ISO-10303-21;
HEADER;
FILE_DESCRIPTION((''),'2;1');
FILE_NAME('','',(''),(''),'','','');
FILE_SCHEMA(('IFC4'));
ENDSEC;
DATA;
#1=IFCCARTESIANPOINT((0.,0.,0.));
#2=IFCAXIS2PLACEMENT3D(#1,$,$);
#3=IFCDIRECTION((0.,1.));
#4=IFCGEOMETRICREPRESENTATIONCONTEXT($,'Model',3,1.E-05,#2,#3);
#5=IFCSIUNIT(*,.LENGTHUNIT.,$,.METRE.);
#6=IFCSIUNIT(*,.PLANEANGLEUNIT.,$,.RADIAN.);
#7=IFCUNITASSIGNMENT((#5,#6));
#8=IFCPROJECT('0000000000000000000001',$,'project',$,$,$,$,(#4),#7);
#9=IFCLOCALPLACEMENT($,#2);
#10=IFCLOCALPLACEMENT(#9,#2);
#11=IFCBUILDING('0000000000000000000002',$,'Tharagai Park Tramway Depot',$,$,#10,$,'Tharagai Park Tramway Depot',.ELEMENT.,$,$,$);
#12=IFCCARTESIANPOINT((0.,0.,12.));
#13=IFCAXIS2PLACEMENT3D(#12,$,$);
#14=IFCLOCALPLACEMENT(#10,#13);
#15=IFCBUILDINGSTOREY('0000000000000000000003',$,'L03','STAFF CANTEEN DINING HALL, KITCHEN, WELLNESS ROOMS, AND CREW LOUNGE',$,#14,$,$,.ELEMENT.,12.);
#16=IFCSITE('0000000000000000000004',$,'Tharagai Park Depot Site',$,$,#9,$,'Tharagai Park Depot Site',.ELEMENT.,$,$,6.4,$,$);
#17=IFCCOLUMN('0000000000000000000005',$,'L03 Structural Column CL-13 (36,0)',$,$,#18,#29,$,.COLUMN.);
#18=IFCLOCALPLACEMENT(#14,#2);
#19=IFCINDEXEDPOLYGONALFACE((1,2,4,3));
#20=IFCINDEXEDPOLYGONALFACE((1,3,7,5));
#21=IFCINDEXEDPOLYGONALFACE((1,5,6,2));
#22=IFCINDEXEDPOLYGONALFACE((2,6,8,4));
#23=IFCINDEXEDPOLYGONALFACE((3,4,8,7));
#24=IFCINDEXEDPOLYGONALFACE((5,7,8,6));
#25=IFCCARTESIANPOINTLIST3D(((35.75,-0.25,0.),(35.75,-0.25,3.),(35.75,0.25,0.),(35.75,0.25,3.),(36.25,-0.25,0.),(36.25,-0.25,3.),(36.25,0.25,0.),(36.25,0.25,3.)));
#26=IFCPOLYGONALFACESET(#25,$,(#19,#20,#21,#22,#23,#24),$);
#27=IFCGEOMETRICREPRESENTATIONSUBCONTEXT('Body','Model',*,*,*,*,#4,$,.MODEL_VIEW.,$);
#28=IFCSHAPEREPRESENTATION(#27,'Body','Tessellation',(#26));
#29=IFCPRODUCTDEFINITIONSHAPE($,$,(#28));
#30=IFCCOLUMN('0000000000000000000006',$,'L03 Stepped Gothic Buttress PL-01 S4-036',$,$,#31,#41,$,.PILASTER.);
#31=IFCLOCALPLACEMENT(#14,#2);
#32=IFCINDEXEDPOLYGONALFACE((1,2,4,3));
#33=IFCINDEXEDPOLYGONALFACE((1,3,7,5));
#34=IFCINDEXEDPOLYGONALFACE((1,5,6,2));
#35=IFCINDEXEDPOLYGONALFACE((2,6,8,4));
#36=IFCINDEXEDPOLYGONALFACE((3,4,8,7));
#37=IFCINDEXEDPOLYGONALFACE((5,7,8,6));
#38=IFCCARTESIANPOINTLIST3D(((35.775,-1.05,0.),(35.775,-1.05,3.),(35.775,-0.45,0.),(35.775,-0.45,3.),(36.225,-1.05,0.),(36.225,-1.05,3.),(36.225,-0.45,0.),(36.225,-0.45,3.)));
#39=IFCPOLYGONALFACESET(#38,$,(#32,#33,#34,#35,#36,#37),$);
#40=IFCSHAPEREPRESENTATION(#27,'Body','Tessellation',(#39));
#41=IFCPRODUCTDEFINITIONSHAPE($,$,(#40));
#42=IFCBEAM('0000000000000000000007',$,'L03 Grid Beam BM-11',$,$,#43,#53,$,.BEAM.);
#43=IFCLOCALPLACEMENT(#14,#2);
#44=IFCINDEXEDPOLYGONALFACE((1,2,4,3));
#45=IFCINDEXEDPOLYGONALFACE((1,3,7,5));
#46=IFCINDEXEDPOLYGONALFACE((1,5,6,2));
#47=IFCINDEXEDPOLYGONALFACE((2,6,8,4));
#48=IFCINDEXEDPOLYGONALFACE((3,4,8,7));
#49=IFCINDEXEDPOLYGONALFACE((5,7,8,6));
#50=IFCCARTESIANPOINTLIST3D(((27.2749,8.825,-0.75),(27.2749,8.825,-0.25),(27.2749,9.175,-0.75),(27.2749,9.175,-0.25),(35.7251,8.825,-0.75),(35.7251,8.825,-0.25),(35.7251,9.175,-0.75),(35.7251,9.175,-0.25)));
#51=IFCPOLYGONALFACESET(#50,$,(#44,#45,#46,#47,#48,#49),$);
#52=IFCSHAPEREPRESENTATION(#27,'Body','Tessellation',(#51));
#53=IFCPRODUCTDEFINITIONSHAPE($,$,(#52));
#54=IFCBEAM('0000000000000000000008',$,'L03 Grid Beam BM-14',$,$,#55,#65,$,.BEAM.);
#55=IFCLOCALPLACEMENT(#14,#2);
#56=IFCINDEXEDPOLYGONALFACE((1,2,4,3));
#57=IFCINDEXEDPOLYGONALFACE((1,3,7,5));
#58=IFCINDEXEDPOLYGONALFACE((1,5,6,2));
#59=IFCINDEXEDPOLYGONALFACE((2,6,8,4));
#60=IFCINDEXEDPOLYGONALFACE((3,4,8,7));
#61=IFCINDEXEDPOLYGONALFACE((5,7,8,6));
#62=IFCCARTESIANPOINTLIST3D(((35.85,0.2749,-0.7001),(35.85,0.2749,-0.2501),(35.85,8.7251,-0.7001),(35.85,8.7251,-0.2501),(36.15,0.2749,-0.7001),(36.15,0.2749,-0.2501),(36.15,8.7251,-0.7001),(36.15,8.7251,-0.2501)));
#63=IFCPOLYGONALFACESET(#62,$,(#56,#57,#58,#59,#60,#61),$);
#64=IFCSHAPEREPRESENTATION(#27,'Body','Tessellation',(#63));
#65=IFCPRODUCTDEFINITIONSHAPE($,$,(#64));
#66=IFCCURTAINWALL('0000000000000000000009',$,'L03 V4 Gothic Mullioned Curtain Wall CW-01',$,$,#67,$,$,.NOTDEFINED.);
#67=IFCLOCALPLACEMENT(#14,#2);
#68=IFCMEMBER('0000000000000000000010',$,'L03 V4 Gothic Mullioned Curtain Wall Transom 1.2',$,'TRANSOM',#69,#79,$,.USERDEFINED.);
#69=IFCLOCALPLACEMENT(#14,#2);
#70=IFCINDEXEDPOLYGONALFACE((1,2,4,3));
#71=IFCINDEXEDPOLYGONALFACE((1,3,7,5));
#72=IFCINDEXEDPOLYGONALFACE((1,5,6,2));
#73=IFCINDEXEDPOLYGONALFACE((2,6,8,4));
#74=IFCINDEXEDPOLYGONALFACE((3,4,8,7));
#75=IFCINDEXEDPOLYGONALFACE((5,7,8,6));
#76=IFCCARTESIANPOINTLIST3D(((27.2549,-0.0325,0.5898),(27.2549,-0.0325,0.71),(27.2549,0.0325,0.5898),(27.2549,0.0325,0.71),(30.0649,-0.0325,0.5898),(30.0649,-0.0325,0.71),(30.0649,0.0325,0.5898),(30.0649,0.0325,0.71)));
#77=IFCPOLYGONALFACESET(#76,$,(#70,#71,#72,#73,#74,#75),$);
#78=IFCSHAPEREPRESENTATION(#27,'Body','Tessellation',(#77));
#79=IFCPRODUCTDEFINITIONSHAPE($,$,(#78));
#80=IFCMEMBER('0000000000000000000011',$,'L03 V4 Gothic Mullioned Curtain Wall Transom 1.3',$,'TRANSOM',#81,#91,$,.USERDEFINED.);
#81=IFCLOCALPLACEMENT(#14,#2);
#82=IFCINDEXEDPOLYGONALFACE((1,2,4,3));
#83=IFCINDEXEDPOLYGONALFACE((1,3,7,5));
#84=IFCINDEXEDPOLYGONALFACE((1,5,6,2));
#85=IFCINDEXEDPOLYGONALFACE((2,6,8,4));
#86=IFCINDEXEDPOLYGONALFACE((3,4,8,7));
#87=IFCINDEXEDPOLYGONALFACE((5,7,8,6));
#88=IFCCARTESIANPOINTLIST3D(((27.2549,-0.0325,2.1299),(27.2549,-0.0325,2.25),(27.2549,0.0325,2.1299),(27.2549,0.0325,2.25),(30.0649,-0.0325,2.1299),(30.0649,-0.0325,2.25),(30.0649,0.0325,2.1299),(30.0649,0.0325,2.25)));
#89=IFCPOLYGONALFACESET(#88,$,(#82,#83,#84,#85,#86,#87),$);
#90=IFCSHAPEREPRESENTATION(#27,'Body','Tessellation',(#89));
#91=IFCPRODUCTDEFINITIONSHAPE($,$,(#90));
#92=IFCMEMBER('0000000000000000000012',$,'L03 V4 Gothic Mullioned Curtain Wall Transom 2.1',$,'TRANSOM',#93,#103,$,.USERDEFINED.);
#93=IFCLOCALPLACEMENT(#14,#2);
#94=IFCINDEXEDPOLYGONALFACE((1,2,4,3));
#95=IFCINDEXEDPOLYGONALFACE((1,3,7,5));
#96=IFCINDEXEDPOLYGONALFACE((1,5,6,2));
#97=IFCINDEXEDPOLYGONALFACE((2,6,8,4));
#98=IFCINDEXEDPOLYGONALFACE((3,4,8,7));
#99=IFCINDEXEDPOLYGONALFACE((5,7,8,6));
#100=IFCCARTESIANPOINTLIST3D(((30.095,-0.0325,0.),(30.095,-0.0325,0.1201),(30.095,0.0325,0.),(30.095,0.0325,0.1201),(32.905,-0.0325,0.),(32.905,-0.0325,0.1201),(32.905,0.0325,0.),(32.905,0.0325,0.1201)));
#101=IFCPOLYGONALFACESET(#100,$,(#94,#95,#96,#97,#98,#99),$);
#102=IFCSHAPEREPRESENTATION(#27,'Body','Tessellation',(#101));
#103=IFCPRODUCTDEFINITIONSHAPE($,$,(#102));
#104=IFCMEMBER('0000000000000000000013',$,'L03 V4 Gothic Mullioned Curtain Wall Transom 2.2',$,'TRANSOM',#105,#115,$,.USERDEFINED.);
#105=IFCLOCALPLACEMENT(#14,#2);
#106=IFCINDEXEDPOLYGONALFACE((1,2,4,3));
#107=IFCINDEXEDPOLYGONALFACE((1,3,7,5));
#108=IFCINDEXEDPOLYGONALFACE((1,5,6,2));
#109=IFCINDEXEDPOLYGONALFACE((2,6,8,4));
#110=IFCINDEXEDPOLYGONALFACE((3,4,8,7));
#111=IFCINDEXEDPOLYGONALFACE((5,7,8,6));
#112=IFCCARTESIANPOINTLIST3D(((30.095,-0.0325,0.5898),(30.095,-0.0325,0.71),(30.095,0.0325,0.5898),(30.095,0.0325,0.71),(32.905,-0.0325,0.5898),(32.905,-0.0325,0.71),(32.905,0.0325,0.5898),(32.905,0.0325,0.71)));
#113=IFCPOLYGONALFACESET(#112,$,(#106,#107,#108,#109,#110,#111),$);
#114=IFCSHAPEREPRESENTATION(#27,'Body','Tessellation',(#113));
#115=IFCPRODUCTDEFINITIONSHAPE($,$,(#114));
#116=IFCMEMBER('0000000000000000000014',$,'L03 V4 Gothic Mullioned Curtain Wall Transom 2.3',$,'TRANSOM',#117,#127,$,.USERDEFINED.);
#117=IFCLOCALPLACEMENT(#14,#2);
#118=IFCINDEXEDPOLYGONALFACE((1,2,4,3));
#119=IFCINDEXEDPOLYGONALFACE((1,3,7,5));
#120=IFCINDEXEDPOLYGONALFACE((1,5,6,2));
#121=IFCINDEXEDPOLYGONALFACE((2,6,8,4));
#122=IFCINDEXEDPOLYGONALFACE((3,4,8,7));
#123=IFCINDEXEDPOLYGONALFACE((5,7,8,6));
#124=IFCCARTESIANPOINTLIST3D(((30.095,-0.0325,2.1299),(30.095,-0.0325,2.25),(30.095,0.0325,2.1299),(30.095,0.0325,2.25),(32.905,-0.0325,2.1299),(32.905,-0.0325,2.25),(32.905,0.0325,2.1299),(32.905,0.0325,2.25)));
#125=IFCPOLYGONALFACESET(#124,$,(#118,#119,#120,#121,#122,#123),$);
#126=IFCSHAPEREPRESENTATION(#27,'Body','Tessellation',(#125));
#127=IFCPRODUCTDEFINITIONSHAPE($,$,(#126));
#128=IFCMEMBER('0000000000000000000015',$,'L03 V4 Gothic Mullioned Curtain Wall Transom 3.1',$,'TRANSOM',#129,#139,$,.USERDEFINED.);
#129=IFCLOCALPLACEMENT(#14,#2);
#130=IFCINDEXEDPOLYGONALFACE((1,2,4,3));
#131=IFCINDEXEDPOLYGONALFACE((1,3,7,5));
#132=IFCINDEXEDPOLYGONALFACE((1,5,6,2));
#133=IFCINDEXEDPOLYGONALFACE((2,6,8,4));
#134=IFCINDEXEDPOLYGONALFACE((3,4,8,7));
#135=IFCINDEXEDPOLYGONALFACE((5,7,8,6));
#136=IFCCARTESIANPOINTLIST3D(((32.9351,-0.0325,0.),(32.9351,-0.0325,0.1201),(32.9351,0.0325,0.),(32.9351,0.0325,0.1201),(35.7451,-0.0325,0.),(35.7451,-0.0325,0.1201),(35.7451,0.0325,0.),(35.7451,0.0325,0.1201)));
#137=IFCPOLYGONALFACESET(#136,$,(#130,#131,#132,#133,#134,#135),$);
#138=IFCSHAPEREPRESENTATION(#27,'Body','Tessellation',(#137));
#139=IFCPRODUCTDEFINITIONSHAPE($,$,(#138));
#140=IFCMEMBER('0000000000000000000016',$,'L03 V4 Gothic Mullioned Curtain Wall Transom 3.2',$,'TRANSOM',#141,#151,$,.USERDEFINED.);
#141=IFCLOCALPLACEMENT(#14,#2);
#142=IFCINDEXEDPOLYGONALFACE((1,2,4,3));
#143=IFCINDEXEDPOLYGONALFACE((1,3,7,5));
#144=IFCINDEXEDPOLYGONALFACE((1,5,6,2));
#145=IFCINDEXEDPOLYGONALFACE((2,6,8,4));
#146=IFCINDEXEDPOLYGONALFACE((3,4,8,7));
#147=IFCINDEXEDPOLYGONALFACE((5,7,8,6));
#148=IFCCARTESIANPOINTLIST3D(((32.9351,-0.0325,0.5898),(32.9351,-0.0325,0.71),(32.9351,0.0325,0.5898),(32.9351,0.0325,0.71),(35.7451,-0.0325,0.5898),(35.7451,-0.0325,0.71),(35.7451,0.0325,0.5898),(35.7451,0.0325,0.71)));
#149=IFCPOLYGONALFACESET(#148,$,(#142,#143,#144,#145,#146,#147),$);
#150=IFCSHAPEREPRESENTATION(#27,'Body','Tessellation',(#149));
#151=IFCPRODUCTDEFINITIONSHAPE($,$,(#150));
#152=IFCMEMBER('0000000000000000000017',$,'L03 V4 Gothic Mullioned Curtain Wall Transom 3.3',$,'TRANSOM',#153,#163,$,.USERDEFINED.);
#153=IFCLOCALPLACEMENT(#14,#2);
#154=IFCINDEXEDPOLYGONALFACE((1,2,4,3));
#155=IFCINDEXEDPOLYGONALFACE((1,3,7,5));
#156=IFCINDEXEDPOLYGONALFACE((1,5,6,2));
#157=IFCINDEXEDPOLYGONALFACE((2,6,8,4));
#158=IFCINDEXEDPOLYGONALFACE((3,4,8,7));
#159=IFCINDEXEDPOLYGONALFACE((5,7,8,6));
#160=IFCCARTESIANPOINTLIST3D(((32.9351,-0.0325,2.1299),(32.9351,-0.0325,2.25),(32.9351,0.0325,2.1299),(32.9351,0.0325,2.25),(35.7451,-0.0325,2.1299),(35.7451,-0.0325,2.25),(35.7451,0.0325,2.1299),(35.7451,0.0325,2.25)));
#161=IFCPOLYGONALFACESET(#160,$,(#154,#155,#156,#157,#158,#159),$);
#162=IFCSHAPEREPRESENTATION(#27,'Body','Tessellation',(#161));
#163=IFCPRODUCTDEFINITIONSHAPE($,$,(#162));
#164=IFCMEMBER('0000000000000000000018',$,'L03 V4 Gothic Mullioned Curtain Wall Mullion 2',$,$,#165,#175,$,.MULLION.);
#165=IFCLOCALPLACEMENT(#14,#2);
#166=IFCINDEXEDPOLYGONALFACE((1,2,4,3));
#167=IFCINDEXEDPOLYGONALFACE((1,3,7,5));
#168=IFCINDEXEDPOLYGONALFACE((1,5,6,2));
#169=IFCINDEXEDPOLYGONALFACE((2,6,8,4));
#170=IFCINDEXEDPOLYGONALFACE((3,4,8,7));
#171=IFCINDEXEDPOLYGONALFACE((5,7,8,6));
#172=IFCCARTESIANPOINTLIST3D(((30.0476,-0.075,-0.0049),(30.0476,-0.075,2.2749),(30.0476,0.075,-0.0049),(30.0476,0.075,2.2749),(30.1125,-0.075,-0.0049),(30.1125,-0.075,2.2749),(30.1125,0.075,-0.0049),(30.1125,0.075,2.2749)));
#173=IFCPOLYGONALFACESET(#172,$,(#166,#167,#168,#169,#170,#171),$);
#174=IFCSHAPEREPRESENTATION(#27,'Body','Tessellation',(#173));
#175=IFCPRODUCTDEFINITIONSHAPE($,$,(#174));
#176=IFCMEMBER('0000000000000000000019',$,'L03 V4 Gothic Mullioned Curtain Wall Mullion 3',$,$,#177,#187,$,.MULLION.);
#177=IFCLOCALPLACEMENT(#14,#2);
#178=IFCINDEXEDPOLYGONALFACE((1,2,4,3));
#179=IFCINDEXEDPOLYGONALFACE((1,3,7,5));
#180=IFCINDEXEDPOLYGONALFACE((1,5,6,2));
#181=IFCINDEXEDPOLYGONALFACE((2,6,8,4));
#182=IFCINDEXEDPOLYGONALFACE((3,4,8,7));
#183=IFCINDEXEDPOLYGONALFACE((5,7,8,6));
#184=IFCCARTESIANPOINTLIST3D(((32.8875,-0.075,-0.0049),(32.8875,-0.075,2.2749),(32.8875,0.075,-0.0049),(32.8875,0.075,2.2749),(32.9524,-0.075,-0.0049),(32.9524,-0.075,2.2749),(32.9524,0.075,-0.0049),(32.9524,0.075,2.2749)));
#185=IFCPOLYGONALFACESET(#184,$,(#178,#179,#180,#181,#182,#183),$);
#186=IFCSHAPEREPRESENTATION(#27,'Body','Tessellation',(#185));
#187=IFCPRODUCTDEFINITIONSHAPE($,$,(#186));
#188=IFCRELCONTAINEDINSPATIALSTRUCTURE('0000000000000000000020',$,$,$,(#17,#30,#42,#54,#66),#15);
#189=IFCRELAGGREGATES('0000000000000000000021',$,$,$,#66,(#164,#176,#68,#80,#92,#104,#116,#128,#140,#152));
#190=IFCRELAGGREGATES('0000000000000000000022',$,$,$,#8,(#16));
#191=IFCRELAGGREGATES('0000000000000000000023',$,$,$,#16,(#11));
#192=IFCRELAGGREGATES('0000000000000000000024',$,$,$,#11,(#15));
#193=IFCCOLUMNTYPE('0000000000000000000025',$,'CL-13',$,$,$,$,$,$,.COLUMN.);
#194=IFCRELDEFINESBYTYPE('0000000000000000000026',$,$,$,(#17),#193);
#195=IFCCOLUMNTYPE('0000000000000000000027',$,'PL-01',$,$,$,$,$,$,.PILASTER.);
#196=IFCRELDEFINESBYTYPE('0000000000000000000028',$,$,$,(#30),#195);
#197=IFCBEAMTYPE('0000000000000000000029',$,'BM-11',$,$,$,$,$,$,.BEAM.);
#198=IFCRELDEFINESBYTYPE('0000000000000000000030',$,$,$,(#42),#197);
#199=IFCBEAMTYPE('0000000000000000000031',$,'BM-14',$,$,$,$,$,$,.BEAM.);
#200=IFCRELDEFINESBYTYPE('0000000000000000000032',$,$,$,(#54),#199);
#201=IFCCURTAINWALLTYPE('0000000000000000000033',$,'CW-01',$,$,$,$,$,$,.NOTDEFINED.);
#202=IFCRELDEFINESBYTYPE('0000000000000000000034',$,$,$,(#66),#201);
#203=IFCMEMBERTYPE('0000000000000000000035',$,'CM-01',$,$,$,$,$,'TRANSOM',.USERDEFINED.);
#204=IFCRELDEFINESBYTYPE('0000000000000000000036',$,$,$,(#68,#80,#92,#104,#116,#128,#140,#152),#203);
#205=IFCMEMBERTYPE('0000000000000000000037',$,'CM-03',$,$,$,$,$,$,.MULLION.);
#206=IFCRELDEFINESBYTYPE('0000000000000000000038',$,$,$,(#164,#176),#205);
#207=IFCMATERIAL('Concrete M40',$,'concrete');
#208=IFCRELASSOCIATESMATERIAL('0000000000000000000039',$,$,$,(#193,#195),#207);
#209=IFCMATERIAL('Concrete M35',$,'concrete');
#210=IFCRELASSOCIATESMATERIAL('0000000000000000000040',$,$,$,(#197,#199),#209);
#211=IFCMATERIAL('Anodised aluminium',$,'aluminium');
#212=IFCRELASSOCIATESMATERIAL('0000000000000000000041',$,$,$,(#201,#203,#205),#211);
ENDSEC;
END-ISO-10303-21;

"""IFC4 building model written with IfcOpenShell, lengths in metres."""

from ifc_helpers import new_model, si_unit, direction, frame, origin, origin_2d, place, context, subcontext, project, spatial, rectangle, extrude, material, material_profile, profile_set, type_object, element, aggregate, save


model = new_model("IFC4")

# Units and contexts
model_context = context("Model", 3, precision=1e-05, world=origin(), true_north=direction((0.0, 1.0)))
body_context = subcontext(model_context, "Body", "Model", "MODEL_VIEW")
ifc_project = project(units=[si_unit("LENGTHUNIT", "METRE"), si_unit("PLANEANGLEUNIT", "RADIAN")], contexts=[model_context])

# Site, building, storey
site_placement = place(None, origin())
site = spatial("IfcSite", under=ifc_project, at=site_placement, Name="Tharagai Park Depot Site", LongName="Tharagai Park Depot Site", CompositionType="ELEMENT", RefElevation=6.4)
building_placement = place(site_placement, origin())
building = spatial("IfcBuilding", under=site, at=building_placement, Name="Tharagai Park Tramway Depot", LongName="Tharagai Park Tramway Depot", CompositionType="ELEMENT")
storey_placement = place(building_placement, frame((0.0, 0.0, 12.0)))
storey = spatial("IfcBuildingStorey", under=building, at=storey_placement, Name="L03", Description="STAFF CANTEEN DINING HALL, KITCHEN, WELLNESS ROOMS, AND CREW LOUNGE", CompositionType="ELEMENT", Elevation=12.0)

# Columns
ifc_material_1 = material(Name="Concrete M40", Category="concrete")
ifc_material_profile_1 = material_profile(ifc_material_1, rectangle(XDim=0.5, YDim=0.5, at=origin_2d()), Name="RC 500x500")
ifc_profile_set_1 = profile_set([ifc_material_profile_1], Name="Concrete M40")
column_type_1 = type_object("IfcColumnType", Name="CL-13", PredefinedType="COLUMN", material=ifc_profile_set_1)
column_1_placement = place(storey_placement, frame((36.0, 0.0, 0.0), z_axis=(0.0, 0.0, 1.0), x_axis=(1.0, 0.0, 0.0)))
element("IfcColumn", 1, at=column_1_placement, inside=storey, type_object=column_type_1, Name="L03 Structural Column CL-13 (36,0)", PredefinedType="COLUMN", context=body_context, shape_type="SweptSolid", body=[
    extrude(rectangle(XDim=0.5, YDim=0.5, at=origin_2d()), origin(), (0.0, 0.0, 1.0), 3.0),
])
ifc_material_profile_2 = material_profile(ifc_material_1, rectangle(XDim=0.45, YDim=0.6001, at=origin_2d()), Name="RC 450x600")
ifc_profile_set_2 = profile_set([ifc_material_profile_2], Name="Concrete M40")
column_type_2 = type_object("IfcColumnType", Name="PL-01", PredefinedType="PILASTER", material=ifc_profile_set_2)
column_2_placement = place(storey_placement, frame((36.0, -0.75, 0.0), z_axis=(0.0, 0.0, 1.0), x_axis=(1.0, 0.0, 0.0)))
element("IfcColumn", 2, at=column_2_placement, inside=storey, type_object=column_type_2, Name="L03 Stepped Gothic Buttress PL-01 S4-036", PredefinedType="PILASTER", context=body_context, shape_type="SweptSolid", body=[
    extrude(rectangle(XDim=0.45, YDim=0.6001, at=origin_2d()), origin(), (0.0, 0.0, 1.0), 3.0),
])

# Beams
ifc_material_2 = material(Name="Concrete M35", Category="concrete")
ifc_material_profile_3 = material_profile(ifc_material_2, rectangle(XDim=0.3501, YDim=0.5, at=origin_2d()), Name="RC 350x500")
ifc_profile_set_3 = profile_set([ifc_material_profile_3], Name="Concrete M35")
beam_type_1 = type_object("IfcBeamType", Name="BM-11", PredefinedType="BEAM", material=ifc_profile_set_3)
beam_1_placement = place(storey_placement, frame((27.2749, 9.0, -0.5), z_axis=(1.0, 0.0, 0.0), x_axis=(0.0, 1.0, 0.0)))
element("IfcBeam", 3, at=beam_1_placement, inside=storey, type_object=beam_type_1, Name="L03 Grid Beam BM-11", PredefinedType="BEAM", context=body_context, shape_type="SweptSolid", body=[
    extrude(rectangle(XDim=0.3501, YDim=0.5, at=origin_2d()), origin(), (0.0, 0.0, 1.0), 8.4502),
])
ifc_material_profile_4 = material_profile(ifc_material_2, rectangle(XDim=0.3, YDim=0.45, at=origin_2d()), Name="RC 300x450")
ifc_profile_set_4 = profile_set([ifc_material_profile_4], Name="Concrete M35")
beam_type_2 = type_object("IfcBeamType", Name="BM-14", PredefinedType="BEAM", material=ifc_profile_set_4)
beam_2_placement = place(storey_placement, frame((36.0, 0.2749, -0.4751), z_axis=(0.0, 1.0, 0.0), x_axis=(-1.0, 0.0, 0.0)))
element("IfcBeam", 4, at=beam_2_placement, inside=storey, type_object=beam_type_2, Name="L03 Grid Beam BM-14", PredefinedType="BEAM", context=body_context, shape_type="SweptSolid", body=[
    extrude(rectangle(XDim=0.3, YDim=0.45, at=origin_2d()), origin(), (0.0, 0.0, 1.0), 8.4502),
])

# Curtain wall, members
ifc_material_3 = material(Name="Anodised aluminium", Category="aluminium")
curtain_wall_type = type_object("IfcCurtainWallType", Name="CW-01", PredefinedType="NOTDEFINED", material=ifc_material_3)
curtain_wall_placement = place(storey_placement, origin())
curtain_wall = element("IfcCurtainWall", 5, at=curtain_wall_placement, inside=storey, type_object=curtain_wall_type, Name="L03 V4 Gothic Mullioned Curtain Wall CW-01", PredefinedType="NOTDEFINED")
ifc_material_profile_5 = material_profile(ifc_material_3, rectangle(XDim=0.0649, YDim=0.1201, at=origin_2d()), Name="ALU 65x120")
ifc_profile_set_5 = profile_set([ifc_material_profile_5], Name="Anodised aluminium")
member_type_1 = type_object("IfcMemberType", Name="CM-01", ElementType="TRANSOM", PredefinedType="USERDEFINED", material=ifc_profile_set_5)
member_1_placement = place(storey_placement, frame((27.2549, 0.0, 0.6499), z_axis=(1.0, 0.0, 0.0), x_axis=(0.0, 1.0, 0.0)))
member_1 = element("IfcMember", 6, at=member_1_placement, type_object=member_type_1, Name="L03 V4 Gothic Mullioned Curtain Wall Transom 1.2", ObjectType="TRANSOM", PredefinedType="USERDEFINED", context=body_context, shape_type="SweptSolid", body=[
    extrude(rectangle(XDim=0.0649, YDim=0.1201, at=origin_2d()), origin(), (0.0, 0.0, 1.0), 2.8101),
])
member_2_placement = place(storey_placement, frame((27.2549, 0.0, 2.1899), z_axis=(1.0, 0.0, 0.0), x_axis=(0.0, 1.0, 0.0)))
member_2 = element("IfcMember", 7, at=member_2_placement, type_object=member_type_1, Name="L03 V4 Gothic Mullioned Curtain Wall Transom 1.3", ObjectType="TRANSOM", PredefinedType="USERDEFINED", context=body_context, shape_type="SweptSolid", body=[
    extrude(rectangle(XDim=0.0649, YDim=0.1201, at=origin_2d()), origin(), (0.0, 0.0, 1.0), 2.8101),
])
member_3_placement = place(storey_placement, frame((30.095, 0.0, 0.0601), z_axis=(1.0, 0.0, 0.0), x_axis=(0.0, 1.0, 0.0)))
member_3 = element("IfcMember", 8, at=member_3_placement, type_object=member_type_1, Name="L03 V4 Gothic Mullioned Curtain Wall Transom 2.1", ObjectType="TRANSOM", PredefinedType="USERDEFINED", context=body_context, shape_type="SweptSolid", body=[
    extrude(rectangle(XDim=0.0649, YDim=0.1201, at=origin_2d()), origin(), (0.0, 0.0, 1.0), 2.8101),
])
member_4_placement = place(storey_placement, frame((30.095, 0.0, 0.6499), z_axis=(1.0, 0.0, 0.0), x_axis=(0.0, 1.0, 0.0)))
member_4 = element("IfcMember", 9, at=member_4_placement, type_object=member_type_1, Name="L03 V4 Gothic Mullioned Curtain Wall Transom 2.2", ObjectType="TRANSOM", PredefinedType="USERDEFINED", context=body_context, shape_type="SweptSolid", body=[
    extrude(rectangle(XDim=0.0649, YDim=0.1201, at=origin_2d()), origin(), (0.0, 0.0, 1.0), 2.8101),
])
member_5_placement = place(storey_placement, frame((30.095, 0.0, 2.1899), z_axis=(1.0, 0.0, 0.0), x_axis=(0.0, 1.0, 0.0)))
member_5 = element("IfcMember", 10, at=member_5_placement, type_object=member_type_1, Name="L03 V4 Gothic Mullioned Curtain Wall Transom 2.3", ObjectType="TRANSOM", PredefinedType="USERDEFINED", context=body_context, shape_type="SweptSolid", body=[
    extrude(rectangle(XDim=0.0649, YDim=0.1201, at=origin_2d()), origin(), (0.0, 0.0, 1.0), 2.8101),
])
member_6_placement = place(storey_placement, frame((32.9351, 0.0, 0.0601), z_axis=(1.0, 0.0, 0.0), x_axis=(0.0, 1.0, 0.0)))
member_6 = element("IfcMember", 11, at=member_6_placement, type_object=member_type_1, Name="L03 V4 Gothic Mullioned Curtain Wall Transom 3.1", ObjectType="TRANSOM", PredefinedType="USERDEFINED", context=body_context, shape_type="SweptSolid", body=[
    extrude(rectangle(XDim=0.0649, YDim=0.1201, at=origin_2d()), origin(), (0.0, 0.0, 1.0), 2.8101),
])
member_7_placement = place(storey_placement, frame((32.9351, 0.0, 0.6499), z_axis=(1.0, 0.0, 0.0), x_axis=(0.0, 1.0, 0.0)))
member_7 = element("IfcMember", 12, at=member_7_placement, type_object=member_type_1, Name="L03 V4 Gothic Mullioned Curtain Wall Transom 3.2", ObjectType="TRANSOM", PredefinedType="USERDEFINED", context=body_context, shape_type="SweptSolid", body=[
    extrude(rectangle(XDim=0.0649, YDim=0.1201, at=origin_2d()), origin(), (0.0, 0.0, 1.0), 2.8101),
])
member_8_placement = place(storey_placement, frame((32.9351, 0.0, 2.1899), z_axis=(1.0, 0.0, 0.0), x_axis=(0.0, 1.0, 0.0)))
member_8 = element("IfcMember", 13, at=member_8_placement, type_object=member_type_1, Name="L03 V4 Gothic Mullioned Curtain Wall Transom 3.3", ObjectType="TRANSOM", PredefinedType="USERDEFINED", context=body_context, shape_type="SweptSolid", body=[
    extrude(rectangle(XDim=0.0649, YDim=0.1201, at=origin_2d()), origin(), (0.0, 0.0, 1.0), 2.8101),
])
ifc_material_profile_6 = material_profile(ifc_material_3, rectangle(XDim=0.0649, YDim=0.1499, at=origin_2d()), Name="ALU 65x150")
ifc_profile_set_6 = profile_set([ifc_material_profile_6], Name="Anodised aluminium")
member_type_2 = type_object("IfcMemberType", Name="CM-03", PredefinedType="MULLION", material=ifc_profile_set_6)
member_9_placement = place(storey_placement, frame((30.0801, 0.0, -0.0049), z_axis=(0.0, 0.0, 1.0), x_axis=(1.0, 0.0, 0.0)))
member_9 = element("IfcMember", 14, at=member_9_placement, type_object=member_type_2, Name="L03 V4 Gothic Mullioned Curtain Wall Mullion 2", PredefinedType="MULLION", context=body_context, shape_type="SweptSolid", body=[
    extrude(rectangle(XDim=0.0649, YDim=0.1499, at=origin_2d()), origin(), (0.0, 0.0, 1.0), 2.2798),
])
member_10_placement = place(storey_placement, frame((32.9199, 0.0, -0.0049), z_axis=(0.0, 0.0, 1.0), x_axis=(1.0, 0.0, 0.0)))
member_10 = element("IfcMember", 15, at=member_10_placement, type_object=member_type_2, Name="L03 V4 Gothic Mullioned Curtain Wall Mullion 3", PredefinedType="MULLION", context=body_context, shape_type="SweptSolid", body=[
    extrude(rectangle(XDim=0.0649, YDim=0.1499, at=origin_2d()), origin(), (0.0, 0.0, 1.0), 2.2798),
])

aggregate(curtain_wall, [member_9, member_10, member_1, member_2, member_3, member_4, member_5, member_6, member_7, member_8])

save(model, "model.ifc")
